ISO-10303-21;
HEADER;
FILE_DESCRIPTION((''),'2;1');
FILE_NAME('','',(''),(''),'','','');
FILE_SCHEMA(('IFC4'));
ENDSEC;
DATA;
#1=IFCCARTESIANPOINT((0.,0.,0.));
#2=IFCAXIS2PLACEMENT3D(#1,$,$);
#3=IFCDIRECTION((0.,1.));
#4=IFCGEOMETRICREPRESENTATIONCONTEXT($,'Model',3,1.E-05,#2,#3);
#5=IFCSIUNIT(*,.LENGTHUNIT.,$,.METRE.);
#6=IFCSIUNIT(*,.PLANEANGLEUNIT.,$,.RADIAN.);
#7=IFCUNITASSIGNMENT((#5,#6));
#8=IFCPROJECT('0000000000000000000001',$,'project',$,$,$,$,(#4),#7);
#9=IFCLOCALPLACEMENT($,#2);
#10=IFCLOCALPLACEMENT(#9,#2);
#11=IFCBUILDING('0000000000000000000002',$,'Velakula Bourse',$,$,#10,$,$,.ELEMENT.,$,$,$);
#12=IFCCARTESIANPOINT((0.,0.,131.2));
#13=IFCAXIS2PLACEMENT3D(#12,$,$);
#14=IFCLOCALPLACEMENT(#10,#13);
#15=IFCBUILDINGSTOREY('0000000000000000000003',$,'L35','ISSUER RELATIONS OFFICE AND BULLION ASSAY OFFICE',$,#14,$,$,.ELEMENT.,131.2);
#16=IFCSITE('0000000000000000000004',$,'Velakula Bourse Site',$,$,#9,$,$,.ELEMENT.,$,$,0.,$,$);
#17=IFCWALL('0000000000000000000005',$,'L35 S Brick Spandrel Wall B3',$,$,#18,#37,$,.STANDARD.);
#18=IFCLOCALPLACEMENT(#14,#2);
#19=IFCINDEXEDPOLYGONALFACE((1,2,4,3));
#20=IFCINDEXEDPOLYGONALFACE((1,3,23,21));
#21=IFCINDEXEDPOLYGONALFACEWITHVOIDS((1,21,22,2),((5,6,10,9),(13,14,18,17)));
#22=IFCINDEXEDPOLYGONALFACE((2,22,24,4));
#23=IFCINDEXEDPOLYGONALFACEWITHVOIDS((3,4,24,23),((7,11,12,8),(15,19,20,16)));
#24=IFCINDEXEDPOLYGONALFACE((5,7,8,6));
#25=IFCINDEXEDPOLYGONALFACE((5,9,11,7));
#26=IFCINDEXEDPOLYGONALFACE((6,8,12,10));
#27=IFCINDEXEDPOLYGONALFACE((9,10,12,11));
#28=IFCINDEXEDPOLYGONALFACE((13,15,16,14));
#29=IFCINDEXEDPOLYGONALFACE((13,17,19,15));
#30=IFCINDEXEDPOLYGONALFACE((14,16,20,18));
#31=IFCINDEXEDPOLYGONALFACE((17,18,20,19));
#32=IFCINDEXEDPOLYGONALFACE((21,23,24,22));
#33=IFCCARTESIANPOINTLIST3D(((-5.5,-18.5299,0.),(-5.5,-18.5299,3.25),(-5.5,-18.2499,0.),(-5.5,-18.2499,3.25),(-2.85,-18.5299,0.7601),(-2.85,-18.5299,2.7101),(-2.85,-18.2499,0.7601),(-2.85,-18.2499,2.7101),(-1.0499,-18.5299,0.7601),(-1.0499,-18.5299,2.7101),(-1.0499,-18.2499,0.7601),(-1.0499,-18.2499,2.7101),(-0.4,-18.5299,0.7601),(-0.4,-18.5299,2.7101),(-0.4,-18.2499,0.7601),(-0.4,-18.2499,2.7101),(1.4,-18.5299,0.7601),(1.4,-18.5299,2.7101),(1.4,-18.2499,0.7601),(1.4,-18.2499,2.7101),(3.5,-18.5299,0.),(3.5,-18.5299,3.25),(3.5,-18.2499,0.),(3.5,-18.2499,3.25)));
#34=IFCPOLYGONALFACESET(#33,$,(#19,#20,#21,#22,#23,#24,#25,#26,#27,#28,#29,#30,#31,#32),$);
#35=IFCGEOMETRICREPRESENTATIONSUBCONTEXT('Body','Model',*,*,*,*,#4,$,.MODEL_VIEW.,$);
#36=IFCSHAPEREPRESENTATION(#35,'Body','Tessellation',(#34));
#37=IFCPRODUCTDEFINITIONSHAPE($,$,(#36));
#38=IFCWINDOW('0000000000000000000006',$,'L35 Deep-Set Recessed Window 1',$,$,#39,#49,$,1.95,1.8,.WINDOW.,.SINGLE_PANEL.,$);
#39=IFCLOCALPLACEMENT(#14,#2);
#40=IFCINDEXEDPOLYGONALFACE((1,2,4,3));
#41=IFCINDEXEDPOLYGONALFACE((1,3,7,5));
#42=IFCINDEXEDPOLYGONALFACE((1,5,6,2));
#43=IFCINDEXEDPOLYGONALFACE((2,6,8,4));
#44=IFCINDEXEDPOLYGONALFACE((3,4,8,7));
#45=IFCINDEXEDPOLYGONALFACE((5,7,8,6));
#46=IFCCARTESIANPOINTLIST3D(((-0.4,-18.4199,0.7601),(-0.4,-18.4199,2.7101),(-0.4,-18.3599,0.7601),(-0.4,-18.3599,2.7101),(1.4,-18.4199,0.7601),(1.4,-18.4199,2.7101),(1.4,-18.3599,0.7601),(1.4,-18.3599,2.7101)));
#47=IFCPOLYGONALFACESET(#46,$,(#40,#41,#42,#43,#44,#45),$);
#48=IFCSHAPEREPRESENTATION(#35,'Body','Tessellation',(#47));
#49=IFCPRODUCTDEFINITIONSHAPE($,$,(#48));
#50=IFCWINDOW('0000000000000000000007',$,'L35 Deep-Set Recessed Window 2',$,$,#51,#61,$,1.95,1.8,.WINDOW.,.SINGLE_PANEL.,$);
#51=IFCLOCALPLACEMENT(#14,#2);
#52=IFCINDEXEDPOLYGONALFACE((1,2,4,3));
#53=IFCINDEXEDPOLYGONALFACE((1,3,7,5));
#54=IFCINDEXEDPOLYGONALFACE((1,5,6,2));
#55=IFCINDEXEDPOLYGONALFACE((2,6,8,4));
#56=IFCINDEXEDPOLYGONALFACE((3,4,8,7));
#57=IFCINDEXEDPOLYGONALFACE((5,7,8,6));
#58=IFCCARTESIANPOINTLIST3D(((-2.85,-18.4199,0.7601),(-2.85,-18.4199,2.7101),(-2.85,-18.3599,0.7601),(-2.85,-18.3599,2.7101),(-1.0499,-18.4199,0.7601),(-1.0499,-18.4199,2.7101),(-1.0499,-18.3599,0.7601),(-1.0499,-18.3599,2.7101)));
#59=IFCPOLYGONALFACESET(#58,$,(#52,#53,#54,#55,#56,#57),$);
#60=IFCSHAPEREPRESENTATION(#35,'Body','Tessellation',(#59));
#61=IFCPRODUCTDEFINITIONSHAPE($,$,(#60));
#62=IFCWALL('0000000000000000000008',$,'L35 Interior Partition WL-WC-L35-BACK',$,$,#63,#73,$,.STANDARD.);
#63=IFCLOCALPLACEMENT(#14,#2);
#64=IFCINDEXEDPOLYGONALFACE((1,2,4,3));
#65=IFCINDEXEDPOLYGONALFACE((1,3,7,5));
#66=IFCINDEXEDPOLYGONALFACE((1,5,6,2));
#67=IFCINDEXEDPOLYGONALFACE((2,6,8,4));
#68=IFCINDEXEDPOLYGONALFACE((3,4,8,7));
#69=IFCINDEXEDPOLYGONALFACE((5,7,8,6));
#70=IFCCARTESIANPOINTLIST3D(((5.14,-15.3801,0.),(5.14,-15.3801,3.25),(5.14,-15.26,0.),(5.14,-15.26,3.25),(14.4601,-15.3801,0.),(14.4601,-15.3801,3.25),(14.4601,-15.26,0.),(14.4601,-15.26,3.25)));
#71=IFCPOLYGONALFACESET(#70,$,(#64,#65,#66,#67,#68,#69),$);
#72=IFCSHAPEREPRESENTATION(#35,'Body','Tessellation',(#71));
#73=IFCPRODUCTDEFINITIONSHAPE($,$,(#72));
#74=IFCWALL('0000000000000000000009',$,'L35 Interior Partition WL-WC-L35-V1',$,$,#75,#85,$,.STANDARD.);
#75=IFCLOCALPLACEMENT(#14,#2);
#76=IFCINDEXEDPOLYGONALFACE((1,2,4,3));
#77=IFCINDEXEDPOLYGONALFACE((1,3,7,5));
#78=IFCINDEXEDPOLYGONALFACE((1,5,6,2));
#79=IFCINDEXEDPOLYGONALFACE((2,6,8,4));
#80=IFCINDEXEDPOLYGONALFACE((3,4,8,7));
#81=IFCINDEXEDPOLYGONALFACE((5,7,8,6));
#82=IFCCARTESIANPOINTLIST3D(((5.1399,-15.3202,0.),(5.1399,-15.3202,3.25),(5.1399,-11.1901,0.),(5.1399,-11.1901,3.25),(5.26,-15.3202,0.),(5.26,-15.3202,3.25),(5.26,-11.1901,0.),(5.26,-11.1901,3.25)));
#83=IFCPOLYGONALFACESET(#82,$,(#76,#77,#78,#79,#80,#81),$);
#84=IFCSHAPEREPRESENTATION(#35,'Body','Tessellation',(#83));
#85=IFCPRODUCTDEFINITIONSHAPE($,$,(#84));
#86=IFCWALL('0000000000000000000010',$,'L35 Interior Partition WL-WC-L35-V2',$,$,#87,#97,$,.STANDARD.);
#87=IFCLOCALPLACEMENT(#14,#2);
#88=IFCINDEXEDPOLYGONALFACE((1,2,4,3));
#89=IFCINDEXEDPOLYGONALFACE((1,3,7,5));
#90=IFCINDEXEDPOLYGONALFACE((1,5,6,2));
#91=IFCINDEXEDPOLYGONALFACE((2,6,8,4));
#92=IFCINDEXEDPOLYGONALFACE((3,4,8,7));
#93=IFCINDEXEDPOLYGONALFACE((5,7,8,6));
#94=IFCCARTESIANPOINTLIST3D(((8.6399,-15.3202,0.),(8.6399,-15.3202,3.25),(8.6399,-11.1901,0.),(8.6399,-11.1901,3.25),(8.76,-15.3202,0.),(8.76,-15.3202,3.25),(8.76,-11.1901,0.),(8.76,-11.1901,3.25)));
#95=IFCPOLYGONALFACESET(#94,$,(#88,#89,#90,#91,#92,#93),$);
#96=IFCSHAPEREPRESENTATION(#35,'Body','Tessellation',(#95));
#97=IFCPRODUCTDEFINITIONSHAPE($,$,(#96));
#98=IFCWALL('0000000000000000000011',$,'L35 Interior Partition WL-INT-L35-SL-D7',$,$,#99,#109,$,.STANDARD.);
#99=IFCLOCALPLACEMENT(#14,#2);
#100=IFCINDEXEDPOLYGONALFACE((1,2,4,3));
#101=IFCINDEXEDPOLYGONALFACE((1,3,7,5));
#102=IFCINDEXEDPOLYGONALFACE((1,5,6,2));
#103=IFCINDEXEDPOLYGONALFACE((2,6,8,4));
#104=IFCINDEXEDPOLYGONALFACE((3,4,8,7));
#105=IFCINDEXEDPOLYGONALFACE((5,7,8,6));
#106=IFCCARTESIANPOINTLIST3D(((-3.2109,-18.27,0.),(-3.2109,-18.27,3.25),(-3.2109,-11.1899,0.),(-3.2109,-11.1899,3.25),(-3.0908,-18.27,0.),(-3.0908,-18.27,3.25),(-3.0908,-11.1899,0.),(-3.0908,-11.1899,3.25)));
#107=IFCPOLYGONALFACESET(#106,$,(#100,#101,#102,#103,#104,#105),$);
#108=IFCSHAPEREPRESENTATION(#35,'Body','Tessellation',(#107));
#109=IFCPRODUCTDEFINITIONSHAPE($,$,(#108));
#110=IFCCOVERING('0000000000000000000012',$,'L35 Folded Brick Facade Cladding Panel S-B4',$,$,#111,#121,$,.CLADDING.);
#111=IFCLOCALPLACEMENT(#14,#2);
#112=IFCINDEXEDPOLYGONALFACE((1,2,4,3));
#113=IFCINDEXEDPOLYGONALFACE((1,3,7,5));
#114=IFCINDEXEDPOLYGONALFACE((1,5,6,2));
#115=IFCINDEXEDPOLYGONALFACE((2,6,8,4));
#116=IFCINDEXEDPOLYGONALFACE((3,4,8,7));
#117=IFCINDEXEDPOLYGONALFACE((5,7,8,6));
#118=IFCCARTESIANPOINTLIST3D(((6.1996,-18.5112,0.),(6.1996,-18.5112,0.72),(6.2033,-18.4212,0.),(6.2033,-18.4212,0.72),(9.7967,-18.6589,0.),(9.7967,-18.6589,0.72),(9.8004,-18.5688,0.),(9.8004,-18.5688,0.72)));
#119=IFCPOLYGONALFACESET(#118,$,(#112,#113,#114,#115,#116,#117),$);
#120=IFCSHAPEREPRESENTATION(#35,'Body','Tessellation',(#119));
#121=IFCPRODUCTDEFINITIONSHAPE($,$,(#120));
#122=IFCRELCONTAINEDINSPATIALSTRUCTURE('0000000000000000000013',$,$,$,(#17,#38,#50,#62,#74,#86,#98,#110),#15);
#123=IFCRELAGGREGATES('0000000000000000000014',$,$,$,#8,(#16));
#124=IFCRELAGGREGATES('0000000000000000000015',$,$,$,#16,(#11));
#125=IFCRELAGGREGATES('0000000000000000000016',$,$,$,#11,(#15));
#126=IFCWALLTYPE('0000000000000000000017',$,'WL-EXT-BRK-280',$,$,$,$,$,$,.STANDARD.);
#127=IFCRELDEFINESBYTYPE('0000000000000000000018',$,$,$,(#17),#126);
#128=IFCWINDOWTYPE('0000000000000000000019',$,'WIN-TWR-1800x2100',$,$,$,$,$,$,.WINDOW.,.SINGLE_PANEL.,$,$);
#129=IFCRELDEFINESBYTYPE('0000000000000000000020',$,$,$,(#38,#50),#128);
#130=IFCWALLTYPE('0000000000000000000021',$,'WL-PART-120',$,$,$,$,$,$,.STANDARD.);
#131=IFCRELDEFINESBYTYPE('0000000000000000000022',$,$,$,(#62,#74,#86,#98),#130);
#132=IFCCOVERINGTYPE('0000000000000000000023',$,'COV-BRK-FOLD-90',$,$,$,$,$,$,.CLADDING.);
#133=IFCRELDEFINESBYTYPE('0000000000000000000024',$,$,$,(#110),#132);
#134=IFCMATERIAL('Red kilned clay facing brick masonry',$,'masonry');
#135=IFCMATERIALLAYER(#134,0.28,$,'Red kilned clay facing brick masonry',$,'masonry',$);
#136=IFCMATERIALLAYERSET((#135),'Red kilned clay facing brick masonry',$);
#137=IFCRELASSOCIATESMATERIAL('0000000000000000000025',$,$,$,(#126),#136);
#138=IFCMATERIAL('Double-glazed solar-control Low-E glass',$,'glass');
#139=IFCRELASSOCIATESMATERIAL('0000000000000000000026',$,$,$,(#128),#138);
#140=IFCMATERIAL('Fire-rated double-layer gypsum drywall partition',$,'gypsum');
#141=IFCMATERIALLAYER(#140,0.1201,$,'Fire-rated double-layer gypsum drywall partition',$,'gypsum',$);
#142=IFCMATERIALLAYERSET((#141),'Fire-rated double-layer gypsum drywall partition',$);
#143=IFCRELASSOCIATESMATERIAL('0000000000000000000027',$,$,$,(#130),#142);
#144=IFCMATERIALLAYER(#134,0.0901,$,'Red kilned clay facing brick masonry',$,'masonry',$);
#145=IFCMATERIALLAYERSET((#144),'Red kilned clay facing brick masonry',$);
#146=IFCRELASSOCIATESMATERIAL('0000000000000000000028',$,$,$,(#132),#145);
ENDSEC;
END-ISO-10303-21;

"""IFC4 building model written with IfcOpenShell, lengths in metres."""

from ifc_helpers import new_model, si_unit, direction, frame, frame_2d, origin, origin_2d, place, context, subcontext, project, spatial, rectangle, extrude, material, layer, layer_set, type_object, element, fill, save


model = new_model("IFC4")

# Units and contexts
model_context = context("Model", 3, precision=1e-05, world=origin(), true_north=direction((0.0, 1.0)))
body_context = subcontext(model_context, "Body", "Model", "MODEL_VIEW")
ifc_project = project(units=[si_unit("LENGTHUNIT", "METRE"), si_unit("PLANEANGLEUNIT", "RADIAN")], contexts=[model_context])

# Site, building, storey
site_placement = place(None, origin())
site = spatial("IfcSite", under=ifc_project, at=site_placement, Name="Velakula Bourse Site", CompositionType="ELEMENT", RefElevation=0.0)
building_placement = place(site_placement, origin())
building = spatial("IfcBuilding", under=site, at=building_placement, Name="Velakula Bourse", CompositionType="ELEMENT")
storey_placement = place(building_placement, frame((0.0, 0.0, 131.2)))
storey = spatial("IfcBuildingStorey", under=building, at=storey_placement, Name="L35", Description="ISSUER RELATIONS OFFICE AND BULLION ASSAY OFFICE", CompositionType="ELEMENT", Elevation=131.2)

# Wall, openings, windows
ifc_material_1 = material(Name="Red kilned clay facing brick masonry", Category="masonry")
ifc_layer_1 = layer(ifc_material_1, 0.28, Name="Red kilned clay facing brick masonry", Category="masonry")
ifc_layer_set_1 = layer_set([ifc_layer_1], Name="Red kilned clay facing brick masonry")
wall_type_1 = type_object("IfcWallType", Name="WL-EXT-BRK-280", PredefinedType="STANDARD", material=ifc_layer_set_1)
ifc_material_2 = material(Name="Double-glazed solar-control Low-E glass", Category="glass")
window_type = type_object("IfcWindowType", Name="WIN-TWR-1800x2100", PartitioningType="SINGLE_PANEL", PredefinedType="WINDOW", material=ifc_material_2)
wall_1_placement = place(storey_placement, frame((3.5, -18.3899, 0.0), z_axis=(0.0, 0.0, 1.0), x_axis=(-1.0, 0.0, 0.0)))
wall_1 = element("IfcWall", 1, at=wall_1_placement, inside=storey, type_object=wall_type_1, Name="L35 S Brick Spandrel Wall B3", PredefinedType="STANDARD", context=body_context, shape_type="SweptSolid", body=[
    extrude(rectangle(XDim=9.0, YDim=0.28, at=frame_2d((4.5, 0.0))), origin(), (0.0, 0.0, 1.0), 3.25),
])
opening_1_placement = place(wall_1_placement, frame((2.1001, 0.0, 0.76)))
opening_1 = element("IfcOpeningElement", 2, at=opening_1_placement, cuts=wall_1, PredefinedType="OPENING", context=body_context, shape_type="SweptSolid", body=[
    extrude(rectangle(XDim=1.8, YDim=1.95, at=frame_2d((0.8999, 0.9751))), frame((0.0, 0.1499, 0.0), z_axis=(0.0, -1.0, 0.0), x_axis=(1.0, 0.0, 0.0)), (0.0, 0.0, 1.0), 0.3),
])
opening_2_placement = place(wall_1_placement, frame((4.55, 0.0, 0.76)))
opening_2 = element("IfcOpeningElement", 3, at=opening_2_placement, cuts=wall_1, PredefinedType="OPENING", context=body_context, shape_type="SweptSolid", body=[
    extrude(rectangle(XDim=1.8, YDim=1.95, at=frame_2d((0.8999, 0.9751))), frame((0.0, 0.1499, 0.0), z_axis=(0.0, -1.0, 0.0), x_axis=(1.0, 0.0, 0.0)), (0.0, 0.0, 1.0), 0.3),
])
window_1_placement = place(opening_1_placement, origin())
window_1 = element("IfcWindow", 4, at=window_1_placement, inside=storey, type_object=window_type, Name="L35 Deep-Set Recessed Window 1", OverallHeight=1.95, OverallWidth=1.8, PartitioningType="SINGLE_PANEL", PredefinedType="WINDOW", context=body_context, shape_type="SweptSolid", body=[
    extrude(rectangle(XDim=1.8, YDim=1.95, at=frame_2d((0.8999, 0.9751))), frame((0.0, 0.03, 0.0), z_axis=(0.0, -1.0, 0.0), x_axis=(1.0, 0.0, 0.0)), (0.0, 0.0, 1.0), 0.0601),
])
fill(opening_1, window_1)
window_2_placement = place(opening_2_placement, origin())
window_2 = element("IfcWindow", 5, at=window_2_placement, inside=storey, type_object=window_type, Name="L35 Deep-Set Recessed Window 2", OverallHeight=1.95, OverallWidth=1.8, PartitioningType="SINGLE_PANEL", PredefinedType="WINDOW", context=body_context, shape_type="SweptSolid", body=[
    extrude(rectangle(XDim=1.8, YDim=1.95, at=frame_2d((0.8999, 0.9751))), frame((0.0, 0.03, 0.0), z_axis=(0.0, -1.0, 0.0), x_axis=(1.0, 0.0, 0.0)), (0.0, 0.0, 1.0), 0.0601),
])
fill(opening_2, window_2)

# Walls
ifc_material_3 = material(Name="Fire-rated double-layer gypsum drywall partition", Category="gypsum")
ifc_layer_2 = layer(ifc_material_3, 0.1201, Name="Fire-rated double-layer gypsum drywall partition", Category="gypsum")
ifc_layer_set_2 = layer_set([ifc_layer_2], Name="Fire-rated double-layer gypsum drywall partition")
wall_type_2 = type_object("IfcWallType", Name="WL-PART-120", PredefinedType="STANDARD", material=ifc_layer_set_2)
wall_2_placement = place(storey_placement, frame((5.1399, -15.3201, 0.0), z_axis=(0.0, 0.0, 1.0), x_axis=(1.0, 0.0, 0.0)))
element("IfcWall", 6, at=wall_2_placement, inside=storey, type_object=wall_type_2, Name="L35 Interior Partition WL-WC-L35-BACK", PredefinedType="STANDARD", context=body_context, shape_type="SweptSolid", body=[
    extrude(rectangle(XDim=9.3201, YDim=0.1201, at=frame_2d((4.6602, 0.0))), origin(), (0.0, 0.0, 1.0), 3.25),
])
for number, where, z_axis, x_axis, name in (
    (7, (5.2, -15.3201, 0.0), (0.0, 0.0, 1.0), (0.0, 1.0, 0.0), "L35 Interior Partition WL-WC-L35-V1"),
    (8, (8.7, -15.3201, 0.0), (0.0, 0.0, 1.0), (0.0, 1.0, 0.0), "L35 Interior Partition WL-WC-L35-V2"),
):
    element("IfcWall", number, at=place(storey_placement, frame(where, z_axis=z_axis, x_axis=x_axis)), inside=storey, type_object=wall_type_2, Name=name, PredefinedType="STANDARD", context=body_context, shape_type="SweptSolid", body=[
        extrude(rectangle(XDim=4.1301, YDim=0.1201, at=frame_2d((2.0649, 0.0))), origin(), (0.0, 0.0, 1.0), 3.25),
    ])
wall_3_placement = place(storey_placement, frame((-3.1509, -18.27, 0.0), z_axis=(0.0, 0.0, 1.0), x_axis=(0.0, 1.0, 0.0)))
element("IfcWall", 9, at=wall_3_placement, inside=storey, type_object=wall_type_2, Name="L35 Interior Partition WL-INT-L35-SL-D7", PredefinedType="STANDARD", context=body_context, shape_type="SweptSolid", body=[
    extrude(rectangle(XDim=7.0801, YDim=0.1201, at=frame_2d((3.54, 0.0))), origin(), (0.0, 0.0, 1.0), 3.25),
])

# Covering
ifc_layer_3 = layer(ifc_material_1, 0.0901, Name="Red kilned clay facing brick masonry", Category="masonry")
ifc_layer_set_3 = layer_set([ifc_layer_3], Name="Red kilned clay facing brick masonry")
covering_type = type_object("IfcCoveringType", Name="COV-BRK-FOLD-90", PredefinedType="CLADDING", material=ifc_layer_set_3)
covering_placement = place(storey_placement, frame((8.0, -18.54, 0.0), z_axis=(0.0, 0.0, 1.0), x_axis=(0.999159, -0.041004, 0.0)))
element("IfcCovering", 10, at=covering_placement, inside=storey, type_object=covering_type, Name="L35 Folded Brick Facade Cladding Panel S-B4", PredefinedType="CLADDING", context=body_context, shape_type="SweptSolid", body=[
    extrude(rectangle(XDim=3.6001, YDim=0.0901, at=origin_2d()), origin(), (0.0, 0.0, 1.0), 0.72),
])

save(model, "model.ifc")
